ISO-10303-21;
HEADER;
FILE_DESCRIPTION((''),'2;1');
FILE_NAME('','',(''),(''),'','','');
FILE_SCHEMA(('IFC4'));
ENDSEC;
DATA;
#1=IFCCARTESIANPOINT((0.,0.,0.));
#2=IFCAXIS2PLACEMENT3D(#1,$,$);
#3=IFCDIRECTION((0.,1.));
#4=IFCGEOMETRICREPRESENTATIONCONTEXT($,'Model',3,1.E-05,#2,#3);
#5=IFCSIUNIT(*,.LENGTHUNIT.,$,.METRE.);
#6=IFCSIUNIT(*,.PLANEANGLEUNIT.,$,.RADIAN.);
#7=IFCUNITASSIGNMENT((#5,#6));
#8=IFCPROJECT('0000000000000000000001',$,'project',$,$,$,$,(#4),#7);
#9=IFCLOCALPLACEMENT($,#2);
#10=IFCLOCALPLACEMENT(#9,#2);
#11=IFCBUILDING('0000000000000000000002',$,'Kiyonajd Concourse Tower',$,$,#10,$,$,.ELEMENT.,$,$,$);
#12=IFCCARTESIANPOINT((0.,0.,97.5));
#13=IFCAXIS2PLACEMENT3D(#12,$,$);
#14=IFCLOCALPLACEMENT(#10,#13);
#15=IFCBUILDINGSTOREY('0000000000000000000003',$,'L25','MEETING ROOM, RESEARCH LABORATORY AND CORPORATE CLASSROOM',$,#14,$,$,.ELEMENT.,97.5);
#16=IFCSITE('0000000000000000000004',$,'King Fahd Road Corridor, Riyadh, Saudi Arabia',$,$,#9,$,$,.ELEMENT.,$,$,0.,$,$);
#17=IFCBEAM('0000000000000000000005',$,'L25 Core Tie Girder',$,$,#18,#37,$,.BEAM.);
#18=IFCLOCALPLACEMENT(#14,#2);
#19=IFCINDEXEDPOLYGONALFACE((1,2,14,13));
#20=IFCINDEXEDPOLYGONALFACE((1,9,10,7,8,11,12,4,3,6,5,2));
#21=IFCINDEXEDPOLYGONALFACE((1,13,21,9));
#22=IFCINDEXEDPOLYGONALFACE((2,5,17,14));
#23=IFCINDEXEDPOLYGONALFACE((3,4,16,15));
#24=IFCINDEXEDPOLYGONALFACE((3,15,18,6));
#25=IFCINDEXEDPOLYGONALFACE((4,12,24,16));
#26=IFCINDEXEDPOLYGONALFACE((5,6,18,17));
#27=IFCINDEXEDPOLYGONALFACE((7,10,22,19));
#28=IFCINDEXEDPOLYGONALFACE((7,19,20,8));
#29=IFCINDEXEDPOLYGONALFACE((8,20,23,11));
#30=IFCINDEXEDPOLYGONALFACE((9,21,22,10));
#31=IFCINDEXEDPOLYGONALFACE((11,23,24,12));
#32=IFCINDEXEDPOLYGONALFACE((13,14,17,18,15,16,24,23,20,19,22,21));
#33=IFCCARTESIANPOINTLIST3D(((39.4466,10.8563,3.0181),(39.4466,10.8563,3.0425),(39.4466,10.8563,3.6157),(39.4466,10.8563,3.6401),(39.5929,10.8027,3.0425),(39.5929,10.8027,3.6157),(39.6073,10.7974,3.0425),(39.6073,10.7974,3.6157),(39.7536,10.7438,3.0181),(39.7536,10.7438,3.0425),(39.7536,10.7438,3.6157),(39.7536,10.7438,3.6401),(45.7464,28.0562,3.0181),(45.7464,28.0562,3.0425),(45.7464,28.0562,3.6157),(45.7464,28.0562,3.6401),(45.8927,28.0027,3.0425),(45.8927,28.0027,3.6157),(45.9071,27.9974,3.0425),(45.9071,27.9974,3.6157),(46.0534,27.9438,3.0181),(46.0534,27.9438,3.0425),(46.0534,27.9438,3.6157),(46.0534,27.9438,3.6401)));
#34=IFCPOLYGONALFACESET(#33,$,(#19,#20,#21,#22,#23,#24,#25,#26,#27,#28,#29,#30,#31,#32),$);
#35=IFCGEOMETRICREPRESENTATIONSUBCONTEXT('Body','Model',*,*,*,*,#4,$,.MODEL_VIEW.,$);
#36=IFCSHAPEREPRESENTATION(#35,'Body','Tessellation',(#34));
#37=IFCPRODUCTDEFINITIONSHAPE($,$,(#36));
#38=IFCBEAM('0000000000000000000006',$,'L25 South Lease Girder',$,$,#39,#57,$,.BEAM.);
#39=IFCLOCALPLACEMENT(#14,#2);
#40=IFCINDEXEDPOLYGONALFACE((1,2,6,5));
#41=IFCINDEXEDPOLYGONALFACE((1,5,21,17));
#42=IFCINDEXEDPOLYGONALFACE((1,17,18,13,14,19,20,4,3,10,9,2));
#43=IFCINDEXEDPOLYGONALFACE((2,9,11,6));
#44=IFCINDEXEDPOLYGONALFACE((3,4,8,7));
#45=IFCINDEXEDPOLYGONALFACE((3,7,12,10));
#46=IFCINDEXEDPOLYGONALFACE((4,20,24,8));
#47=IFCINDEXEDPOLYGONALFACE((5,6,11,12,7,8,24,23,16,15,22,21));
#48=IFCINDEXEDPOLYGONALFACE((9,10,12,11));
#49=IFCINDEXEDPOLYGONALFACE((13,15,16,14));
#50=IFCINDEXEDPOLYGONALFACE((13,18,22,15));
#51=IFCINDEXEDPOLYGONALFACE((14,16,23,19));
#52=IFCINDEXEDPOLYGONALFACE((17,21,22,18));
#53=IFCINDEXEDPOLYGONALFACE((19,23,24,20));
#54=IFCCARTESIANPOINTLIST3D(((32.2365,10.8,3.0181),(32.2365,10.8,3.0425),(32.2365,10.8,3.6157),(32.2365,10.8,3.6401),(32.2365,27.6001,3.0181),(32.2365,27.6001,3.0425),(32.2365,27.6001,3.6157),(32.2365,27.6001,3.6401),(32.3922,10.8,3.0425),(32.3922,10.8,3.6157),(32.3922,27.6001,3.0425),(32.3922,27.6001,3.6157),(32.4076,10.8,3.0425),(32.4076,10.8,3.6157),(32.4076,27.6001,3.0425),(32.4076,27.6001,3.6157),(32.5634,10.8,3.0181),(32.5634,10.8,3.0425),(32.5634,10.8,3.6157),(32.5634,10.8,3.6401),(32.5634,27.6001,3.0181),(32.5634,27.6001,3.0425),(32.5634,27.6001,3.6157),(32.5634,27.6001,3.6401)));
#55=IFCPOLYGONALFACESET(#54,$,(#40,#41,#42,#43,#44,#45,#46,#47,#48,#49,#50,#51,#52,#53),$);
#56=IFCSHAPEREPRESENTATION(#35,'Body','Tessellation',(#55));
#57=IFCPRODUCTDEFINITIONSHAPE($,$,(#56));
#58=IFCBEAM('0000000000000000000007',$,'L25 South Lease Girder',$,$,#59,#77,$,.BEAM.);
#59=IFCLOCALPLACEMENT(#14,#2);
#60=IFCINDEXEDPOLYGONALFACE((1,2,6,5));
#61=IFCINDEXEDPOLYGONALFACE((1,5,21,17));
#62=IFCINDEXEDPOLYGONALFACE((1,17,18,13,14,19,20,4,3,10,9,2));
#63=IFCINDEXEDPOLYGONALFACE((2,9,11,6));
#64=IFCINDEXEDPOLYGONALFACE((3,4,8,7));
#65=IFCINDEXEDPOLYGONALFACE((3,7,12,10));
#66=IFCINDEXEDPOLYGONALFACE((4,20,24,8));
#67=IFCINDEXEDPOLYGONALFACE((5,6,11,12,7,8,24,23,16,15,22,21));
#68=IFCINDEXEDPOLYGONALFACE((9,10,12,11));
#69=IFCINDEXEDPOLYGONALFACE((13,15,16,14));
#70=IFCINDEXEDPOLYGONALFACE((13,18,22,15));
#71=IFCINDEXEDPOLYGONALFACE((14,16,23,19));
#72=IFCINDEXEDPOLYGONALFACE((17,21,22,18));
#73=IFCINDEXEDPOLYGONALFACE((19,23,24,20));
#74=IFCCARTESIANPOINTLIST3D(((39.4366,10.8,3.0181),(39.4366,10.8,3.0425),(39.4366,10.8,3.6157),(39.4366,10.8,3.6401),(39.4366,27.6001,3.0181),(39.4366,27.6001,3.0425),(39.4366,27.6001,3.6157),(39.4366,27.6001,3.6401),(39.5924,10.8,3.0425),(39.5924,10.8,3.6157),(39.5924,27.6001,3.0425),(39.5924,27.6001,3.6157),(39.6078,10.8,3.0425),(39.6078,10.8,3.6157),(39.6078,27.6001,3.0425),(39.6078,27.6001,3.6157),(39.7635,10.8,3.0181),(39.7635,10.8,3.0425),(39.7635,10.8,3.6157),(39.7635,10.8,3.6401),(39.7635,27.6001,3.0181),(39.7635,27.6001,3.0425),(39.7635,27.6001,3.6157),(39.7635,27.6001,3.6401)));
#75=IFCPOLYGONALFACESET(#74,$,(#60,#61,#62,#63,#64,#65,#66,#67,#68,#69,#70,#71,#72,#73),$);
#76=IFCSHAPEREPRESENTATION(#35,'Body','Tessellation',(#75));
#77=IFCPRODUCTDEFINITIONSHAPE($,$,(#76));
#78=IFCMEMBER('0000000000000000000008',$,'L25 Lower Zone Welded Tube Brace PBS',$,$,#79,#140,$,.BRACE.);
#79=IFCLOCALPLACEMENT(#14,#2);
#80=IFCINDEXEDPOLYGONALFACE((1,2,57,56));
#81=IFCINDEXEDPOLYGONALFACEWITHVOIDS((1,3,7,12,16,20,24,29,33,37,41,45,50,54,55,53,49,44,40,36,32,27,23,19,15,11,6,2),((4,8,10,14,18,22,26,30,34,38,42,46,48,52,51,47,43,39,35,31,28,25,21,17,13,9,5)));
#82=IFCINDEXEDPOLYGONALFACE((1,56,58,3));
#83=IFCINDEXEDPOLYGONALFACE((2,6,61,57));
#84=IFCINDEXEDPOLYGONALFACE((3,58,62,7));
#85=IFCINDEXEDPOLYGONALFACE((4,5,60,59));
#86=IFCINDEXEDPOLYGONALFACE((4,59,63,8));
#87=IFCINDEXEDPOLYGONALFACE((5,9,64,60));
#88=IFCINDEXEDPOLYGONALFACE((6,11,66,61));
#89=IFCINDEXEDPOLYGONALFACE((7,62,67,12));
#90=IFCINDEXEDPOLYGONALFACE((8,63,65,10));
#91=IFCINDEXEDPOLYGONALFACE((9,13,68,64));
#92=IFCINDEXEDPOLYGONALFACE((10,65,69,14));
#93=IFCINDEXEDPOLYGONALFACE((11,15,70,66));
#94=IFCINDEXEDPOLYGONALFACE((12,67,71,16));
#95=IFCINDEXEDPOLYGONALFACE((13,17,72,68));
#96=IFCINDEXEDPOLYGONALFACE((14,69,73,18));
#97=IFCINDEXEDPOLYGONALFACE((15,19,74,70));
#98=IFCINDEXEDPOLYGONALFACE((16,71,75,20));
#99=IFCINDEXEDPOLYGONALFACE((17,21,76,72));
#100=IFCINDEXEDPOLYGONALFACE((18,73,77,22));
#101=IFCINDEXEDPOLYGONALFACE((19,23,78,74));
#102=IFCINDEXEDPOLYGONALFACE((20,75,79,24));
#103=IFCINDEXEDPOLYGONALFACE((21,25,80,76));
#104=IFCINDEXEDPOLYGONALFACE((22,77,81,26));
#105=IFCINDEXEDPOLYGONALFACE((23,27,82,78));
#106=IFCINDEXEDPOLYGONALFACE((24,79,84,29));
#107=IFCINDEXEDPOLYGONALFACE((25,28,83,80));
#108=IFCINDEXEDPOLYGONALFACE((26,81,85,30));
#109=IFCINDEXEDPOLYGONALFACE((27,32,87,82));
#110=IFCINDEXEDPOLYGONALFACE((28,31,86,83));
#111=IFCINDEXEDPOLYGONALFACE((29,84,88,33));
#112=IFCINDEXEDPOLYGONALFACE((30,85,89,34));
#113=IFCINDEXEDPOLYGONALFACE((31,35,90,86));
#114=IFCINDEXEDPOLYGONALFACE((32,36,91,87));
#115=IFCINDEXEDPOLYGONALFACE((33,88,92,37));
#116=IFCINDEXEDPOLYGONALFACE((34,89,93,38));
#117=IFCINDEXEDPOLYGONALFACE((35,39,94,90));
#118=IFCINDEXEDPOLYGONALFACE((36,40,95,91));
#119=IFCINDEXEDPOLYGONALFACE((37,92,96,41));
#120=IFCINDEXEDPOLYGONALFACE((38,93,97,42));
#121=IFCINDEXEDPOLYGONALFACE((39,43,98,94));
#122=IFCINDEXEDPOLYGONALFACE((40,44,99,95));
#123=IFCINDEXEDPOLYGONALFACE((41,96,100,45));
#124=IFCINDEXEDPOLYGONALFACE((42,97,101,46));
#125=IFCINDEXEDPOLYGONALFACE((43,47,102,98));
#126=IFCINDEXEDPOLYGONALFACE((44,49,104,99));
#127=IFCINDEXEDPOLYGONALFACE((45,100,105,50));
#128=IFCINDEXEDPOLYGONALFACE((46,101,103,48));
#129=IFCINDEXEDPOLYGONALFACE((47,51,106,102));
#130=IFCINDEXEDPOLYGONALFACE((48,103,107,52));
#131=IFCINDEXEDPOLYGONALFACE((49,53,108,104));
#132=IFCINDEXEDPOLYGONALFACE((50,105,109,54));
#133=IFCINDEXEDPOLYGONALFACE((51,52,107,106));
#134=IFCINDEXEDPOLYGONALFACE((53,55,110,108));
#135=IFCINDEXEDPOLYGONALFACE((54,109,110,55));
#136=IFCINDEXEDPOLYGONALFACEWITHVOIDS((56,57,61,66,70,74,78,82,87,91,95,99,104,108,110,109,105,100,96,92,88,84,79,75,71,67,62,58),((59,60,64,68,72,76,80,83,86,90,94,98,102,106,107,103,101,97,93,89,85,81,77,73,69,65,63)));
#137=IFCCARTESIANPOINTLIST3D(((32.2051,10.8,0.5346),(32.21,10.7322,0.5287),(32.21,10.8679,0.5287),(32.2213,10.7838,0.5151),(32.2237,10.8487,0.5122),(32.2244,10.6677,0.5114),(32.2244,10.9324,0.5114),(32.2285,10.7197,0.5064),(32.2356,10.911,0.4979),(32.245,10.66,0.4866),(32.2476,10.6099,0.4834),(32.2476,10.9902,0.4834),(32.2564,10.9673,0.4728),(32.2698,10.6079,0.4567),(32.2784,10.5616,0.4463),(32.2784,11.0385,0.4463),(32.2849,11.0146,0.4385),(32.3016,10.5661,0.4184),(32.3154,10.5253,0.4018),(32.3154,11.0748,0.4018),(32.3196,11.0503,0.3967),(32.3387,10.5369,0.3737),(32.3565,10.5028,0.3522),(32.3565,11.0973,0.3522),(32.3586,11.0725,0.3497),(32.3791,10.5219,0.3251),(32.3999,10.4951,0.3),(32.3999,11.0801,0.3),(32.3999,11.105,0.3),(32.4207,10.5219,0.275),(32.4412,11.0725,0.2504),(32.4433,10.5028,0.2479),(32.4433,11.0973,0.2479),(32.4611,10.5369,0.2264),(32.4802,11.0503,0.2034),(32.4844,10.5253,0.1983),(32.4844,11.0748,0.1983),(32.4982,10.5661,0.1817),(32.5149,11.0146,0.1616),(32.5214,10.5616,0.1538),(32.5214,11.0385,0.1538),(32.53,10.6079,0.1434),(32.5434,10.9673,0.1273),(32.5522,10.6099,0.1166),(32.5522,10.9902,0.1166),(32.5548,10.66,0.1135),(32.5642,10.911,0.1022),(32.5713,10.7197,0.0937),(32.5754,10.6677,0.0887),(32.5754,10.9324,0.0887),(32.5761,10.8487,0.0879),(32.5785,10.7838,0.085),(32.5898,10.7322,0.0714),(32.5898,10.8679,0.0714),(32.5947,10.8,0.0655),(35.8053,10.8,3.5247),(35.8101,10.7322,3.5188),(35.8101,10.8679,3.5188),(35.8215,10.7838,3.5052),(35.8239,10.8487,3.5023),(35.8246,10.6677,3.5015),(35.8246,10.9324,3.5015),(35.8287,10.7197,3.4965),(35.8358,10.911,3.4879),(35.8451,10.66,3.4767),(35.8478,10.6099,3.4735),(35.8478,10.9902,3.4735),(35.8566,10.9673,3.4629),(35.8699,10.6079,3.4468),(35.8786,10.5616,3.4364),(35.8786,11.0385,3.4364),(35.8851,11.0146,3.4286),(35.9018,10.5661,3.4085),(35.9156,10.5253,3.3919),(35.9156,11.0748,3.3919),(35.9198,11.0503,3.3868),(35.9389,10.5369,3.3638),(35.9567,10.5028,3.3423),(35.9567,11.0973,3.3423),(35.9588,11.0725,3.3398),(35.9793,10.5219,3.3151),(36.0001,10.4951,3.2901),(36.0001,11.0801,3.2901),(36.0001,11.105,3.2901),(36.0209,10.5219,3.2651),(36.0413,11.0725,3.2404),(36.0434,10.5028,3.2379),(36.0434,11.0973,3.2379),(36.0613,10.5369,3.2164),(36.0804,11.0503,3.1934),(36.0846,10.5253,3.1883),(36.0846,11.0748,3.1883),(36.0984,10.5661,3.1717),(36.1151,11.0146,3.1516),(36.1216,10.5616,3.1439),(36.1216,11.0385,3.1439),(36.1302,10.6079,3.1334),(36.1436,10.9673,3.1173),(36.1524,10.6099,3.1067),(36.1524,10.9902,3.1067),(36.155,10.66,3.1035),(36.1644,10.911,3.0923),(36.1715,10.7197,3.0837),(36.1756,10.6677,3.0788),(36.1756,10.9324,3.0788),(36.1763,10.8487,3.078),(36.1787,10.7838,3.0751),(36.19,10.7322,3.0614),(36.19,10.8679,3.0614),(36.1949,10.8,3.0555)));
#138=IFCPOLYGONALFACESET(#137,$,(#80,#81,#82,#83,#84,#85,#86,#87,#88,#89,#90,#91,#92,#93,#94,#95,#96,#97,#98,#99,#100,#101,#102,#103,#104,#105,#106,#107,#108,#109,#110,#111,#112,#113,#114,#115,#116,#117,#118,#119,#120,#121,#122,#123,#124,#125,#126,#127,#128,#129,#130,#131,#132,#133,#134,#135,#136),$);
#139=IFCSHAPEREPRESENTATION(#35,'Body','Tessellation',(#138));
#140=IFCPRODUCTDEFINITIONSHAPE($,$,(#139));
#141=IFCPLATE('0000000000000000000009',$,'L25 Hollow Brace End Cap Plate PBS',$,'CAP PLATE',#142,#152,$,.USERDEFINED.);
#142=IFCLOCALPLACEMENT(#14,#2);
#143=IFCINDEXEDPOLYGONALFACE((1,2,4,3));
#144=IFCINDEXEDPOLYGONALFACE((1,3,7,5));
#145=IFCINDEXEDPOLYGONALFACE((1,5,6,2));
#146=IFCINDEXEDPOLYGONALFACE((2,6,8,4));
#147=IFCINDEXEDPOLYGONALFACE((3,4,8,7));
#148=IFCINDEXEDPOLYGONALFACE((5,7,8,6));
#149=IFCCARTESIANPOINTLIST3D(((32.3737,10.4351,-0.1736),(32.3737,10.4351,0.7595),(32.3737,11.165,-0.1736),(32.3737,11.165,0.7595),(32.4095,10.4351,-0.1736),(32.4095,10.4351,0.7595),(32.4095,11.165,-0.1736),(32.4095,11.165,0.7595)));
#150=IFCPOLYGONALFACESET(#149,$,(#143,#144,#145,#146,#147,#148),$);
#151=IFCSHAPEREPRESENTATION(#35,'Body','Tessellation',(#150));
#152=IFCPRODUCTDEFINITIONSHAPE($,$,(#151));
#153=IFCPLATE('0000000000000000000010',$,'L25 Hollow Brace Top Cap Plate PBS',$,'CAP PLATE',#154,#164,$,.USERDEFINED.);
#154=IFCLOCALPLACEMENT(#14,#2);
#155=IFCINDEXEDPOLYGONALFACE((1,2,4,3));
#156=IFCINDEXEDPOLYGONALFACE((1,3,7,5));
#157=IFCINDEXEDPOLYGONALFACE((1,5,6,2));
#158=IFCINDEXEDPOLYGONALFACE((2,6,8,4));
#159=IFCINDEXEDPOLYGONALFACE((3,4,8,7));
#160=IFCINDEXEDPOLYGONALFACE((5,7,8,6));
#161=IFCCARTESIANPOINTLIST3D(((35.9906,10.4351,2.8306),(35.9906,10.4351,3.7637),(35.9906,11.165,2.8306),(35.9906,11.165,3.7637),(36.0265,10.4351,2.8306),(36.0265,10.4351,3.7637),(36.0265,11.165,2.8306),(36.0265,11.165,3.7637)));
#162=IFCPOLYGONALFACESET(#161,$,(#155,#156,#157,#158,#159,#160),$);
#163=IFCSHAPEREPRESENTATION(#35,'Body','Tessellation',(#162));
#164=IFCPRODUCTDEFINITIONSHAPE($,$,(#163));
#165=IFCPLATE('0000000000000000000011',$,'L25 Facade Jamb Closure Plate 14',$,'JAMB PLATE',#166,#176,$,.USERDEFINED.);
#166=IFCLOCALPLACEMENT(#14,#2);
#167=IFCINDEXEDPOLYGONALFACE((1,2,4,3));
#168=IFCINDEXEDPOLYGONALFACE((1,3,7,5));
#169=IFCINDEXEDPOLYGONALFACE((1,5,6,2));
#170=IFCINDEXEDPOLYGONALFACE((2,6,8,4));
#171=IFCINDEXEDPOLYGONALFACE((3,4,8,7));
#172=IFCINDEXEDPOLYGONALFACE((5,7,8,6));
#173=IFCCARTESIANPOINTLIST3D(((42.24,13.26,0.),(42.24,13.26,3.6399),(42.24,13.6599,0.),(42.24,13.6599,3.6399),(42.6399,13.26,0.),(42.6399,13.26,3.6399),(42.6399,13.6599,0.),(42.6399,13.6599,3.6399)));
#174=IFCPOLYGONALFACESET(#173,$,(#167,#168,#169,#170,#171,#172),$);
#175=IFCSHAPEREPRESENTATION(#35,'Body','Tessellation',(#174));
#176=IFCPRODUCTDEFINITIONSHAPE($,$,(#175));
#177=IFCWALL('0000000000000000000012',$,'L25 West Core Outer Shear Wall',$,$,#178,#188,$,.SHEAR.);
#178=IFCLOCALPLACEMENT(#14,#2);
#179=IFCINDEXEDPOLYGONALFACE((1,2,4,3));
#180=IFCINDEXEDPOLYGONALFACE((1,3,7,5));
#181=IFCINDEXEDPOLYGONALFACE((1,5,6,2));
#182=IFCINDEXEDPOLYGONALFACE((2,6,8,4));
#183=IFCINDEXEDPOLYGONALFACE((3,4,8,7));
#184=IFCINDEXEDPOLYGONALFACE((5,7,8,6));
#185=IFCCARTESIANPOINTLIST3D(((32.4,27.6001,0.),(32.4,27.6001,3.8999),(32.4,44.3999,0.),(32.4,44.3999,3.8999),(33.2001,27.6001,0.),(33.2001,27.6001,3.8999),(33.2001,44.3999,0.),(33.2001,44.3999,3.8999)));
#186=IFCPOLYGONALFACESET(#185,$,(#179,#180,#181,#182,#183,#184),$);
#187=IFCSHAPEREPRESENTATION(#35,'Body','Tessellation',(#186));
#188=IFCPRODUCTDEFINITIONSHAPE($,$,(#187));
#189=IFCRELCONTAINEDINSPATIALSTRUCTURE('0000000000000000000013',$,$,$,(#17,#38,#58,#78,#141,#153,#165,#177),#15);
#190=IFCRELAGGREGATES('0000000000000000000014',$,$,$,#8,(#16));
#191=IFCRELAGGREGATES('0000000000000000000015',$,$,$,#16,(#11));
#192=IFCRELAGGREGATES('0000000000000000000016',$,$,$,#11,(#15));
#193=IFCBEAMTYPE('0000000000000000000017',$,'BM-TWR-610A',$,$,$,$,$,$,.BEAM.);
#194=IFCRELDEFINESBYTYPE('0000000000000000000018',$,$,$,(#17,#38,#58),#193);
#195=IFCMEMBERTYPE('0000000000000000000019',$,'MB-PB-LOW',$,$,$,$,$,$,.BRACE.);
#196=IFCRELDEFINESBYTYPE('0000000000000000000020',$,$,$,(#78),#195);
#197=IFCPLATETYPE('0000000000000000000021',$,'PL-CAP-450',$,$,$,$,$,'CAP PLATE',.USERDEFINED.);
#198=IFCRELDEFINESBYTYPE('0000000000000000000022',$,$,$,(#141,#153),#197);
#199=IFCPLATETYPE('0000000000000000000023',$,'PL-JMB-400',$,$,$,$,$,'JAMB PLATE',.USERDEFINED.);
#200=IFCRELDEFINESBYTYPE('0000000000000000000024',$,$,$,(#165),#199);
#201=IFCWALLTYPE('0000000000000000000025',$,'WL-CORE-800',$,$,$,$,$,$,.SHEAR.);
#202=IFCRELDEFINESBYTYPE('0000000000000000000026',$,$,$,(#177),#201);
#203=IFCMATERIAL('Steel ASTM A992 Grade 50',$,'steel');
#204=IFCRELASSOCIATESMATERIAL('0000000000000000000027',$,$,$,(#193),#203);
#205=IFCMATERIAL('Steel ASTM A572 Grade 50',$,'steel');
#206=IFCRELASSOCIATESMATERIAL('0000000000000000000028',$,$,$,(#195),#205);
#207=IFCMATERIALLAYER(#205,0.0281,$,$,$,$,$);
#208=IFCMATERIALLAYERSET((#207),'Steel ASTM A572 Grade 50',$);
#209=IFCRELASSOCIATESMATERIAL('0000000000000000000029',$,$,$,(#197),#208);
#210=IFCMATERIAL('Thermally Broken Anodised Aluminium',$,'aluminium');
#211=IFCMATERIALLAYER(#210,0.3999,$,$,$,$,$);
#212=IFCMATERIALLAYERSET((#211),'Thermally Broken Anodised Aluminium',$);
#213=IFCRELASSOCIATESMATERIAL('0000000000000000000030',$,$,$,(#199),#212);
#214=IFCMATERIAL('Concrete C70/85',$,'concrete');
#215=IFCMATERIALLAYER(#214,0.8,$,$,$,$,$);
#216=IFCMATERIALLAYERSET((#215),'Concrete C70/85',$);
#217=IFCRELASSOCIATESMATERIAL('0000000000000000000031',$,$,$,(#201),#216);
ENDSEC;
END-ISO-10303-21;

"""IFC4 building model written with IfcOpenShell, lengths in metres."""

from ifc_helpers import new_model, si_unit, direction, frame, frame_2d, origin, origin_2d, place, context, subcontext, project, spatial, rectangle, hollow_circle, i_section, extrude, material, layer, layer_set, material_profile, profile_set, type_object, element, save


model = new_model("IFC4")

# Units and contexts
model_context = context("Model", 3, precision=1e-05, world=origin(), true_north=direction((0.0, 1.0)))
body_context = subcontext(model_context, "Body", "Model", "MODEL_VIEW")
ifc_project = project(units=[si_unit("LENGTHUNIT", "METRE"), si_unit("PLANEANGLEUNIT", "RADIAN")], contexts=[model_context])

# Site, building, storey
site_placement = place(None, origin())
site = spatial("IfcSite", under=ifc_project, at=site_placement, Name="King Fahd Road Corridor, Riyadh, Saudi Arabia", CompositionType="ELEMENT", RefElevation=0.0)
building_placement = place(site_placement, origin())
building = spatial("IfcBuilding", under=site, at=building_placement, Name="Kiyonajd Concourse Tower", CompositionType="ELEMENT")
storey_placement = place(building_placement, frame((0.0, 0.0, 97.5)))
storey = spatial("IfcBuildingStorey", under=building, at=storey_placement, Name="L25", Description="MEETING ROOM, RESEARCH LABORATORY AND CORPORATE CLASSROOM", CompositionType="ELEMENT", Elevation=97.5)

# Shared definitions
ifc_material_1 = material(Name="Concrete C70/85", Category="concrete")

# Beams
ifc_material_2 = material(Name="Steel ASTM A992 Grade 50", Category="steel")
ifc_material_profile_1 = material_profile(ifc_material_2, i_section(OverallWidth=0.3269, OverallDepth=0.6221, WebThickness=0.0154, FlangeThickness=0.0244, at=origin_2d()), Name="W610X195")
ifc_profile_set_1 = profile_set([ifc_material_profile_1], Name="Steel ASTM A992 Grade 50")
beam_type_1 = type_object("IfcBeamType", Name="BM-TWR-610A", PredefinedType="BEAM", material=ifc_profile_set_1)
beam_1_placement = place(storey_placement, frame((39.6001, 10.8, 3.3291), z_axis=(0.343925, 0.938997, 0.0), x_axis=(-0.938997, 0.343925, 0.0)))
element("IfcBeam", 1, at=beam_1_placement, inside=storey, type_object=beam_type_1, Name="L25 Core Tie Girder", PredefinedType="BEAM", context=body_context, shape_type="SweptSolid", body=[
    extrude(i_section(OverallWidth=0.3269, OverallDepth=0.6221, WebThickness=0.0154, FlangeThickness=0.0244, at=origin_2d()), origin(), (0.0, 0.0, 1.0), 18.3174),
])
for number, where, z_axis, x_axis, name in (
    (2, (32.3999, 10.8, 3.3291), (0.0, 1.0, 0.0), (-1.0, 0.0, 0.0), "L25 South Lease Girder"),
    (3, (39.6001, 10.8, 3.3291), (0.0, 1.0, 0.0), (-1.0, 0.0, 0.0), "L25 South Lease Girder"),
):
    element("IfcBeam", number, at=place(storey_placement, frame(where, z_axis=z_axis, x_axis=x_axis)), inside=storey, type_object=beam_type_1, Name=name, PredefinedType="BEAM", context=body_context, shape_type="SweptSolid", body=[
        extrude(i_section(OverallWidth=0.3269, OverallDepth=0.6221, WebThickness=0.0154, FlangeThickness=0.0244, at=origin_2d()), origin(), (0.0, 0.0, 1.0), 16.8),
    ])

# Member
ifc_material_3 = material(Name="Steel ASTM A572 Grade 50", Category="steel")
ifc_material_profile_2 = material_profile(ifc_material_3, hollow_circle(Radius=0.3049, WallThickness=0.0249, at=origin_2d()), Name="CHS-610x25")
ifc_profile_set_2 = profile_set([ifc_material_profile_2], Name="Steel ASTM A572 Grade 50")
member_type = type_object("IfcMemberType", Name="MB-PB-LOW", PredefinedType="BRACE", material=ifc_profile_set_2)
member_placement = place(storey_placement, frame((32.3999, 10.8, 0.3), z_axis=(0.769281, 0.0, 0.638911), x_axis=(0.0, 1.0, 0.0)))
element("IfcMember", 4, at=member_placement, inside=storey, type_object=member_type, Name="L25 Lower Zone Welded Tube Brace PBS", PredefinedType="BRACE", context=body_context, shape_type="SweptSolid", body=[
    extrude(hollow_circle(Radius=0.3049, WallThickness=0.0249, at=origin_2d()), origin(), (0.0, 0.0, 1.0), 4.6799),
])

# Plates
ifc_layer_1 = layer(ifc_material_3, 0.0281)
ifc_layer_set_1 = layer_set([ifc_layer_1], Name="Steel ASTM A572 Grade 50")
plate_type_1 = type_object("IfcPlateType", Name="PL-CAP-450", ElementType="CAP PLATE", PredefinedType="USERDEFINED", material=ifc_layer_set_1)
for number, where, z_axis, x_axis, name in (
    (5, (32.3916, 10.8, -0.1736), (0.0, 0.0, 1.0), (-1.0, 0.0, 0.0), "L25 Hollow Brace End Cap Plate PBS"),
    (6, (36.0085, 10.8, 2.8306), (0.0, 0.0, 1.0), (1.0, 0.0, 0.0), "L25 Hollow Brace Top Cap Plate PBS"),
):
    element("IfcPlate", number, at=place(storey_placement, frame(where, z_axis=z_axis, x_axis=x_axis)), inside=storey, type_object=plate_type_1, Name=name, ObjectType="CAP PLATE", PredefinedType="USERDEFINED", context=body_context, shape_type="SweptSolid", body=[
        extrude(rectangle(XDim=0.0359, YDim=0.73, at=origin_2d()), origin(), (0.0, 0.0, 1.0), 0.9331),
    ])
ifc_material_4 = material(Name="Thermally Broken Anodised Aluminium", Category="aluminium")
ifc_layer_2 = layer(ifc_material_4, 0.3999)
ifc_layer_set_2 = layer_set([ifc_layer_2], Name="Thermally Broken Anodised Aluminium")
plate_type_2 = type_object("IfcPlateType", Name="PL-JMB-400", ElementType="JAMB PLATE", PredefinedType="USERDEFINED", material=ifc_layer_set_2)
plate_placement = place(storey_placement, frame((42.4399, 13.46, 0.0), z_axis=(0.0, 0.0, 1.0), x_axis=(1.0, 0.0, 0.0)))
element("IfcPlate", 7, at=plate_placement, inside=storey, type_object=plate_type_2, Name="L25 Facade Jamb Closure Plate 14", ObjectType="JAMB PLATE", PredefinedType="USERDEFINED", context=body_context, shape_type="SweptSolid", body=[
    extrude(rectangle(XDim=0.3999, YDim=0.3999, at=origin_2d()), origin(), (0.0, 0.0, 1.0), 3.6399),
])

# Wall
ifc_layer_3 = layer(ifc_material_1, 0.8)
ifc_layer_set_3 = layer_set([ifc_layer_3], Name="Concrete C70/85")
wall_type_1 = type_object("IfcWallType", Name="WL-CORE-800", PredefinedType="SHEAR", material=ifc_layer_set_3)
wall_1_placement = place(storey_placement, frame((32.8, 27.6001, 0.0), z_axis=(0.0, 0.0, 1.0), x_axis=(0.0, 1.0, 0.0)))
element("IfcWall", 8, at=wall_1_placement, inside=storey, type_object=wall_type_1, Name="L25 West Core Outer Shear Wall", PredefinedType="SHEAR", context=body_context, shape_type="SweptSolid", body=[
    extrude(rectangle(XDim=16.7998, YDim=0.8, at=frame_2d((8.3999, 0.0))), origin(), (0.0, 0.0, 1.0), 3.8999),
])

save(model, "model.ifc")
